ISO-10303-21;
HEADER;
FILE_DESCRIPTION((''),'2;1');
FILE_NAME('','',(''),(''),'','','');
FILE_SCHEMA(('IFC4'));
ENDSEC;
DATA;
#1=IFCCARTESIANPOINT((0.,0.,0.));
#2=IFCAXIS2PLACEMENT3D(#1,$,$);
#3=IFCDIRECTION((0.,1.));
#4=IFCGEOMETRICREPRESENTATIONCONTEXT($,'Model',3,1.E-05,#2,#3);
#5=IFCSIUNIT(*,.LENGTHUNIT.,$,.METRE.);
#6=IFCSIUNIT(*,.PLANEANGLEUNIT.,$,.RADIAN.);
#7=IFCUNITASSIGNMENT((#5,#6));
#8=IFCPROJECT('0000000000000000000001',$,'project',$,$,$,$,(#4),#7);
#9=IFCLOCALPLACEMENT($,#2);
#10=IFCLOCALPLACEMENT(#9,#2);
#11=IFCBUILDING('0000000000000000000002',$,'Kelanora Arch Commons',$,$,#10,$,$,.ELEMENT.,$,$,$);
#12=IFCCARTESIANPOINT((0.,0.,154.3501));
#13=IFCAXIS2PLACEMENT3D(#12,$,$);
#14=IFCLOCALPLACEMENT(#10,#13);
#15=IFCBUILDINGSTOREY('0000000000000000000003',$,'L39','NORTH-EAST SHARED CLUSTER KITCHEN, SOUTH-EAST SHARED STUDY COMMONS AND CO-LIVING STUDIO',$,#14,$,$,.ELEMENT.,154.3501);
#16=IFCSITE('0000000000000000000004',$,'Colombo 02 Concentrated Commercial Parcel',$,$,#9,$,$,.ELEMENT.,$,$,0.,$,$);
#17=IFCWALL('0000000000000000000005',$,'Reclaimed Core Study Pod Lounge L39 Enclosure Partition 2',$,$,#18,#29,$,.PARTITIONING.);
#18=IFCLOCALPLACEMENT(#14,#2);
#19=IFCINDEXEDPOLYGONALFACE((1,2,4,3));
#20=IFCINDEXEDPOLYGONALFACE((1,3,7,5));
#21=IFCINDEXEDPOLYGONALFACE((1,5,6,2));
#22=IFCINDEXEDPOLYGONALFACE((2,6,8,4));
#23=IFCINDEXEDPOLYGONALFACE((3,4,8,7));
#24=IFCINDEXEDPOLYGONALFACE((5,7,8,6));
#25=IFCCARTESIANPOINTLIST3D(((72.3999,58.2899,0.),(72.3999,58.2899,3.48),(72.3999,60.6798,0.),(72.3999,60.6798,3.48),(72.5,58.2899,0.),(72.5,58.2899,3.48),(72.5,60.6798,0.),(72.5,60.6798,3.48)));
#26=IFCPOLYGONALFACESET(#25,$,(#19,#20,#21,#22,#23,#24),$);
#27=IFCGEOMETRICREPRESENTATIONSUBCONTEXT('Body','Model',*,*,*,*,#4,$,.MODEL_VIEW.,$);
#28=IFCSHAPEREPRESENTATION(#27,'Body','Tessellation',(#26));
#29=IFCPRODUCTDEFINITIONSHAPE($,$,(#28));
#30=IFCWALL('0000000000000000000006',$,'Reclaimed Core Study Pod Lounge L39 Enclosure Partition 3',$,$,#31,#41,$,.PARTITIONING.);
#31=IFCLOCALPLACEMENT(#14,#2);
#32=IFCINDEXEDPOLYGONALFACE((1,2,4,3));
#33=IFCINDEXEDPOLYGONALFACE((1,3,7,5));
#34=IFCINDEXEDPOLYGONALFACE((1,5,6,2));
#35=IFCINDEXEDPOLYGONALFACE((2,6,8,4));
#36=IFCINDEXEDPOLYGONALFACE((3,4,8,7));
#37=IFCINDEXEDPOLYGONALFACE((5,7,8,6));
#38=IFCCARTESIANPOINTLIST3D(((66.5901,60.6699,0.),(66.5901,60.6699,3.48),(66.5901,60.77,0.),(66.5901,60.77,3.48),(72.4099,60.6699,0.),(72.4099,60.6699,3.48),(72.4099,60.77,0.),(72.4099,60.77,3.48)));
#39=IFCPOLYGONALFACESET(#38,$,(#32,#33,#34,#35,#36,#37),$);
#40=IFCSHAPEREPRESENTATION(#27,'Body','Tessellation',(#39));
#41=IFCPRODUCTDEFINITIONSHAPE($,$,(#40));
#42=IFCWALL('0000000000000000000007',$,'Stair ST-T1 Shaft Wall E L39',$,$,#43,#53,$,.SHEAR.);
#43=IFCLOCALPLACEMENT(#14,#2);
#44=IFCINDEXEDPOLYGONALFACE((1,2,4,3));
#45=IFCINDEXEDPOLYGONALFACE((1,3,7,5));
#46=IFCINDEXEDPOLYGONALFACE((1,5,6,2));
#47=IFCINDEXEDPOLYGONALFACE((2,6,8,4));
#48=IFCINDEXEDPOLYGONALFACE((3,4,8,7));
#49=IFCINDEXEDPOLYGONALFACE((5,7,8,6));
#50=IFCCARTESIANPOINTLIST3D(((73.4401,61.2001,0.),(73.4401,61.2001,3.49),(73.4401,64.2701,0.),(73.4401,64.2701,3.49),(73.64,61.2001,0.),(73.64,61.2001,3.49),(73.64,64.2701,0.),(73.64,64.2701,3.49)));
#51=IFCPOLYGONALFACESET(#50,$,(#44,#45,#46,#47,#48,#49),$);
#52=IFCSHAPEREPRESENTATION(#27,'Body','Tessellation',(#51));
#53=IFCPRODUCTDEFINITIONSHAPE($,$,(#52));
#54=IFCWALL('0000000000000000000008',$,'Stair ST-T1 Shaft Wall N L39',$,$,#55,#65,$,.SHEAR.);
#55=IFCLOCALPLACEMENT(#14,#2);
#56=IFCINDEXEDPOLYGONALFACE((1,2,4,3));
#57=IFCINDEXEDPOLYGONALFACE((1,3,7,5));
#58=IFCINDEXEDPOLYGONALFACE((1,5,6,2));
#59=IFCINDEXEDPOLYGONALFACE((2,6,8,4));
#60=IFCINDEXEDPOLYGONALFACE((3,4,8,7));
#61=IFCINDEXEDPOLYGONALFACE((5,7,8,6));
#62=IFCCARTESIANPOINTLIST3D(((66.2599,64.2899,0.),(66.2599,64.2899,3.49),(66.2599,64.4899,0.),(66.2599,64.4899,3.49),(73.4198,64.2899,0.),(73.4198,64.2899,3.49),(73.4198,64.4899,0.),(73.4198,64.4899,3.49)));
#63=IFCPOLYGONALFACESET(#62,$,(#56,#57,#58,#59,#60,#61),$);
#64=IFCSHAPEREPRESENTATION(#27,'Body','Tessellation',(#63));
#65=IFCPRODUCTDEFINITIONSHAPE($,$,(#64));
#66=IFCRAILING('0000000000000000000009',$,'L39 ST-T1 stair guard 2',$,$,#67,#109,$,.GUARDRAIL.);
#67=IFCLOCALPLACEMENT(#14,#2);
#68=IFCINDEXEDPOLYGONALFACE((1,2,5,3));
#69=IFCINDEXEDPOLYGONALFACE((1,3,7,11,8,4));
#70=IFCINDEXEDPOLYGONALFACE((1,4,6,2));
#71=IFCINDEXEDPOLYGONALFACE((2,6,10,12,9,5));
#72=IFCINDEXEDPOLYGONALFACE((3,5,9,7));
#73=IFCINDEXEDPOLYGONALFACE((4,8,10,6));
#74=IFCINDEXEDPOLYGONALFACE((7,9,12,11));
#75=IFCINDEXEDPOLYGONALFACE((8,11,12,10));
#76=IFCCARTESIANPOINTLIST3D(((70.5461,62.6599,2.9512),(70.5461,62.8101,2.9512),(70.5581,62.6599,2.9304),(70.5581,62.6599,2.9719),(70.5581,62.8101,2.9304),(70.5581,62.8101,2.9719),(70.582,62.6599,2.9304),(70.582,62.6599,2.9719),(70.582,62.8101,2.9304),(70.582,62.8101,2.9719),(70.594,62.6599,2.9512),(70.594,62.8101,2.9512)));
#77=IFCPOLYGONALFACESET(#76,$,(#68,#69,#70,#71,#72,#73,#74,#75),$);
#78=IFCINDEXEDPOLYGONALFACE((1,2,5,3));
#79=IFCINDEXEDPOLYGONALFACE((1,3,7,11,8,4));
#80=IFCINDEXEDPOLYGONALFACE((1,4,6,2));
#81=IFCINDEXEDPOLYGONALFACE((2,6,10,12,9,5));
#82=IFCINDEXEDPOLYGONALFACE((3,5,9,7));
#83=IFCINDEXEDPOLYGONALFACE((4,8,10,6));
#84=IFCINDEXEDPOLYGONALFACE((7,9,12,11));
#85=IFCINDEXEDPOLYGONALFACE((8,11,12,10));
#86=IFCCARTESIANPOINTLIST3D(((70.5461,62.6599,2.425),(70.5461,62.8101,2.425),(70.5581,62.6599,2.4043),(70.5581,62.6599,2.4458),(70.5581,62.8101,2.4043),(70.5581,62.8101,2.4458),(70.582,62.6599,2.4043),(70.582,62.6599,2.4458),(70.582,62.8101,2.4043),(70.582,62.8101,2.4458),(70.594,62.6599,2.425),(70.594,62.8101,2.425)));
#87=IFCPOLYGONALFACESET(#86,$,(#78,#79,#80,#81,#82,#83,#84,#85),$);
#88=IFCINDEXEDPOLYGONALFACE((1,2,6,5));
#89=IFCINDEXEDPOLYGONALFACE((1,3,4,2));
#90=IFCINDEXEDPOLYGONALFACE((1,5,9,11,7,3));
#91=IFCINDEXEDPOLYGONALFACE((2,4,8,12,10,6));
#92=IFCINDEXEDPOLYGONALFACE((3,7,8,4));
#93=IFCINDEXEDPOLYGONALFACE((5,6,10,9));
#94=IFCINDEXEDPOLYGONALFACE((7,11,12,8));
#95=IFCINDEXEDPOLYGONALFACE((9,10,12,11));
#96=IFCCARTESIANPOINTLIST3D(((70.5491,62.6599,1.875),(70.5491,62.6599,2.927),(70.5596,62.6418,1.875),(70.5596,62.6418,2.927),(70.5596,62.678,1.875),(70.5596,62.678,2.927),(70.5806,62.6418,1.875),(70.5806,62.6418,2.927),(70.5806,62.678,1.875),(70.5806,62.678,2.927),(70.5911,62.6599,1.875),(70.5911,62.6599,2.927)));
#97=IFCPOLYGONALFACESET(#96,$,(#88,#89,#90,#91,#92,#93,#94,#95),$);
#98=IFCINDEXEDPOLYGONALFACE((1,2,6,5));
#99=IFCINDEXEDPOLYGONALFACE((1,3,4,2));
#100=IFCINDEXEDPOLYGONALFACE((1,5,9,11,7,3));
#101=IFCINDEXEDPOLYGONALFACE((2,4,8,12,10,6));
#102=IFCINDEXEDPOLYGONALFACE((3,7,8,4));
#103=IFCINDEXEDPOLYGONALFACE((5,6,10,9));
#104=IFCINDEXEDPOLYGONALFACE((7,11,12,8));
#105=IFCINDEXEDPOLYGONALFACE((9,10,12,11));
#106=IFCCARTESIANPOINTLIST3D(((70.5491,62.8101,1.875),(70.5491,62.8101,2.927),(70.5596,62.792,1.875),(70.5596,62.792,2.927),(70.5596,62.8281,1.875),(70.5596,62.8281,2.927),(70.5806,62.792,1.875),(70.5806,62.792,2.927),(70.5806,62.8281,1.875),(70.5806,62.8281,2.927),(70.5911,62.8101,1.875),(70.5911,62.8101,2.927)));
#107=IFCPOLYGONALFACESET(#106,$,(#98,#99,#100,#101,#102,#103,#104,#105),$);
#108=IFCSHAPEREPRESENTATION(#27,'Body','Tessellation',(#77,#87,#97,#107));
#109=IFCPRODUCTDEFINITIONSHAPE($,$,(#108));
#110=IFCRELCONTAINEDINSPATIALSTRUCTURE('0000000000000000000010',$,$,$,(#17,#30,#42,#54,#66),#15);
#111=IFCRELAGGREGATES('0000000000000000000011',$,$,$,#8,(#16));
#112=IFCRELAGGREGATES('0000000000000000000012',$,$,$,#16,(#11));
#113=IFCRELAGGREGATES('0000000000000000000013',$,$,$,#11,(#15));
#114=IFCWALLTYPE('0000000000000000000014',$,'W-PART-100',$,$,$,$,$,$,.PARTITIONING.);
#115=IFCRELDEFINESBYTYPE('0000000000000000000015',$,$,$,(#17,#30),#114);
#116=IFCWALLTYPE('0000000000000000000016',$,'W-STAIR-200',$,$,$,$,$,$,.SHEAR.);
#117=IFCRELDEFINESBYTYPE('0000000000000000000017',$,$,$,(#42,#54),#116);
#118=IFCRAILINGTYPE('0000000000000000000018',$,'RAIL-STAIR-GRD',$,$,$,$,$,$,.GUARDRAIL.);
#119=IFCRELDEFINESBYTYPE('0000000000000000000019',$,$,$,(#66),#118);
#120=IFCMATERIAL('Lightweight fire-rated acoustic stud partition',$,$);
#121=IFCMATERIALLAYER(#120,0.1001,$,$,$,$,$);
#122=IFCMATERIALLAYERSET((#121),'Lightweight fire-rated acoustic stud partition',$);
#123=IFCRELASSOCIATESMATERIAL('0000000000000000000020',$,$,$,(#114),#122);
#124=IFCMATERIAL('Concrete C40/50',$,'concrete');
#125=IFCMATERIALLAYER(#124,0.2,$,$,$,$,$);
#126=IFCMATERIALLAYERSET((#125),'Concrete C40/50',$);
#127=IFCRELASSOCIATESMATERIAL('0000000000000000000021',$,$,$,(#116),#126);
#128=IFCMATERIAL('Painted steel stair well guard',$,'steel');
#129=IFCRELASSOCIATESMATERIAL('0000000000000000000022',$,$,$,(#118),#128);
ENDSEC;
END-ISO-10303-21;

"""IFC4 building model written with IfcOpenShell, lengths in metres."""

from ifc_helpers import new_model, si_unit, direction, frame, frame_2d, origin, place, context, subcontext, project, spatial, polyline, rectangle, outline, extrude, material, layer, layer_set, type_object, element, save


model = new_model("IFC4")

# Units and contexts
model_context = context("Model", 3, precision=1e-05, world=origin(), true_north=direction((0.0, 1.0)))
body_context = subcontext(model_context, "Body", "Model", "MODEL_VIEW")
ifc_project = project(units=[si_unit("LENGTHUNIT", "METRE"), si_unit("PLANEANGLEUNIT", "RADIAN")], contexts=[model_context])

# Site, building, storey
site_placement = place(None, origin())
site = spatial("IfcSite", under=ifc_project, at=site_placement, Name="Colombo 02 Concentrated Commercial Parcel", CompositionType="ELEMENT", RefElevation=0.0)
building_placement = place(site_placement, origin())
building = spatial("IfcBuilding", under=site, at=building_placement, Name="Kelanora Arch Commons", CompositionType="ELEMENT")
storey_placement = place(building_placement, frame((0.0, 0.0, 154.3501)))
storey = spatial("IfcBuildingStorey", under=building, at=storey_placement, Name="L39", Description="NORTH-EAST SHARED CLUSTER KITCHEN, SOUTH-EAST SHARED STUDY COMMONS AND CO-LIVING STUDIO", CompositionType="ELEMENT", Elevation=154.3501)

# Shared definitions
ifc_material_1 = material(Name="Concrete C40/50", Category="concrete")

# Walls
ifc_material_2 = material(Name="Lightweight fire-rated acoustic stud partition")
ifc_layer_1 = layer(ifc_material_2, 0.1001)
ifc_layer_set_1 = layer_set([ifc_layer_1], Name="Lightweight fire-rated acoustic stud partition")
wall_type_1 = type_object("IfcWallType", Name="W-PART-100", PredefinedType="PARTITIONING", material=ifc_layer_set_1)
wall_1_placement = place(storey_placement, frame((72.45, 58.29, 0.0), z_axis=(0.0, 0.0, 1.0), x_axis=(0.0, 1.0, 0.0)))
element("IfcWall", 1, at=wall_1_placement, inside=storey, type_object=wall_type_1, Name="Reclaimed Core Study Pod Lounge L39 Enclosure Partition 2", PredefinedType="PARTITIONING", context=body_context, shape_type="SweptSolid", body=[
    extrude(rectangle(XDim=2.3899, YDim=0.1001, at=frame_2d((1.1948, 0.0))), origin(), (0.0, 0.0, 1.0), 3.48),
])
wall_2_placement = place(storey_placement, frame((72.4099, 60.72, 0.0), z_axis=(0.0, 0.0, 1.0), x_axis=(-1.0, 0.0, 0.0)))
element("IfcWall", 2, at=wall_2_placement, inside=storey, type_object=wall_type_1, Name="Reclaimed Core Study Pod Lounge L39 Enclosure Partition 3", PredefinedType="PARTITIONING", context=body_context, shape_type="SweptSolid", body=[
    extrude(rectangle(XDim=5.8198, YDim=0.1001, at=frame_2d((2.9099, 0.0))), origin(), (0.0, 0.0, 1.0), 3.48),
])
ifc_layer_2 = layer(ifc_material_1, 0.2)
ifc_layer_set_2 = layer_set([ifc_layer_2], Name="Concrete C40/50")
wall_type_2 = type_object("IfcWallType", Name="W-STAIR-200", PredefinedType="SHEAR", material=ifc_layer_set_2)
wall_3_placement = place(storey_placement, frame((73.54, 61.2, 0.0), z_axis=(0.0, 0.0, 1.0), x_axis=(0.0, 1.0, 0.0)))
element("IfcWall", 3, at=wall_3_placement, inside=storey, type_object=wall_type_2, Name="Stair ST-T1 Shaft Wall E L39", PredefinedType="SHEAR", context=body_context, shape_type="SweptSolid", body=[
    extrude(rectangle(XDim=3.0701, YDim=0.2, at=frame_2d((1.5352, 0.0))), origin(), (0.0, 0.0, 1.0), 3.49),
])
wall_4_placement = place(storey_placement, frame((73.4199, 64.3899, 0.0), z_axis=(0.0, 0.0, 1.0), x_axis=(-1.0, 0.0, 0.0)))
element("IfcWall", 4, at=wall_4_placement, inside=storey, type_object=wall_type_2, Name="Stair ST-T1 Shaft Wall N L39", PredefinedType="SHEAR", context=body_context, shape_type="SweptSolid", body=[
    extrude(rectangle(XDim=7.1599, YDim=0.2, at=frame_2d((3.5801, 0.0))), origin(), (0.0, 0.0, 1.0), 3.49),
])

# Railing
ifc_material_3 = material(Name="Painted steel stair well guard", Category="steel")
railing_type = type_object("IfcRailingType", Name="RAIL-STAIR-GRD", PredefinedType="GUARDRAIL", material=ifc_material_3)
railing_placement = place(storey_placement, frame((70.5701, 62.6599, 1.875)))
element("IfcRailing", 5, at=railing_placement, inside=storey, type_object=railing_type, Name="L39 ST-T1 stair guard 2", PredefinedType="GUARDRAIL", context=body_context, shape_type="SweptSolid", body=[
    extrude(outline(polyline([(0.0239, 0.0), (0.012, 0.0208), (-0.012, 0.0208), (-0.0239, 0.0), (-0.012, -0.0208), (0.012, -0.0208), (0.0239, 0.0)])), frame((0.0, 0.0, 1.0762), z_axis=(0.0, 1.0, 0.0), x_axis=(-1.0, 0.0, 0.0)), (0.0, 0.0, 1.0), 0.1501),
    extrude(outline(polyline([(0.0239, 0.0), (0.012, 0.0208), (-0.012, 0.0208), (-0.0239, 0.0), (-0.012, -0.0208), (0.012, -0.0208), (0.0239, 0.0)])), frame((0.0, 0.0, 0.55), z_axis=(0.0, 1.0, 0.0), x_axis=(-1.0, 0.0, 0.0)), (0.0, 0.0, 1.0), 0.1501),
    extrude(outline(polyline([(0.021, 0.0), (0.0105, 0.0181), (-0.0105, 0.0181), (-0.021, 0.0), (-0.0105, -0.0181), (0.0105, -0.0181), (0.021, 0.0)])), origin(), (0.0, 0.0, 1.0), 1.052),
    extrude(outline(polyline([(0.021, 0.0), (0.0105, 0.0181), (-0.0105, 0.0181), (-0.021, 0.0), (-0.0105, -0.0181), (0.0105, -0.0181), (0.021, 0.0)])), frame((0.0, 0.1501, 0.0)), (0.0, 0.0, 1.0), 1.052),
])

save(model, "model.ifc")
